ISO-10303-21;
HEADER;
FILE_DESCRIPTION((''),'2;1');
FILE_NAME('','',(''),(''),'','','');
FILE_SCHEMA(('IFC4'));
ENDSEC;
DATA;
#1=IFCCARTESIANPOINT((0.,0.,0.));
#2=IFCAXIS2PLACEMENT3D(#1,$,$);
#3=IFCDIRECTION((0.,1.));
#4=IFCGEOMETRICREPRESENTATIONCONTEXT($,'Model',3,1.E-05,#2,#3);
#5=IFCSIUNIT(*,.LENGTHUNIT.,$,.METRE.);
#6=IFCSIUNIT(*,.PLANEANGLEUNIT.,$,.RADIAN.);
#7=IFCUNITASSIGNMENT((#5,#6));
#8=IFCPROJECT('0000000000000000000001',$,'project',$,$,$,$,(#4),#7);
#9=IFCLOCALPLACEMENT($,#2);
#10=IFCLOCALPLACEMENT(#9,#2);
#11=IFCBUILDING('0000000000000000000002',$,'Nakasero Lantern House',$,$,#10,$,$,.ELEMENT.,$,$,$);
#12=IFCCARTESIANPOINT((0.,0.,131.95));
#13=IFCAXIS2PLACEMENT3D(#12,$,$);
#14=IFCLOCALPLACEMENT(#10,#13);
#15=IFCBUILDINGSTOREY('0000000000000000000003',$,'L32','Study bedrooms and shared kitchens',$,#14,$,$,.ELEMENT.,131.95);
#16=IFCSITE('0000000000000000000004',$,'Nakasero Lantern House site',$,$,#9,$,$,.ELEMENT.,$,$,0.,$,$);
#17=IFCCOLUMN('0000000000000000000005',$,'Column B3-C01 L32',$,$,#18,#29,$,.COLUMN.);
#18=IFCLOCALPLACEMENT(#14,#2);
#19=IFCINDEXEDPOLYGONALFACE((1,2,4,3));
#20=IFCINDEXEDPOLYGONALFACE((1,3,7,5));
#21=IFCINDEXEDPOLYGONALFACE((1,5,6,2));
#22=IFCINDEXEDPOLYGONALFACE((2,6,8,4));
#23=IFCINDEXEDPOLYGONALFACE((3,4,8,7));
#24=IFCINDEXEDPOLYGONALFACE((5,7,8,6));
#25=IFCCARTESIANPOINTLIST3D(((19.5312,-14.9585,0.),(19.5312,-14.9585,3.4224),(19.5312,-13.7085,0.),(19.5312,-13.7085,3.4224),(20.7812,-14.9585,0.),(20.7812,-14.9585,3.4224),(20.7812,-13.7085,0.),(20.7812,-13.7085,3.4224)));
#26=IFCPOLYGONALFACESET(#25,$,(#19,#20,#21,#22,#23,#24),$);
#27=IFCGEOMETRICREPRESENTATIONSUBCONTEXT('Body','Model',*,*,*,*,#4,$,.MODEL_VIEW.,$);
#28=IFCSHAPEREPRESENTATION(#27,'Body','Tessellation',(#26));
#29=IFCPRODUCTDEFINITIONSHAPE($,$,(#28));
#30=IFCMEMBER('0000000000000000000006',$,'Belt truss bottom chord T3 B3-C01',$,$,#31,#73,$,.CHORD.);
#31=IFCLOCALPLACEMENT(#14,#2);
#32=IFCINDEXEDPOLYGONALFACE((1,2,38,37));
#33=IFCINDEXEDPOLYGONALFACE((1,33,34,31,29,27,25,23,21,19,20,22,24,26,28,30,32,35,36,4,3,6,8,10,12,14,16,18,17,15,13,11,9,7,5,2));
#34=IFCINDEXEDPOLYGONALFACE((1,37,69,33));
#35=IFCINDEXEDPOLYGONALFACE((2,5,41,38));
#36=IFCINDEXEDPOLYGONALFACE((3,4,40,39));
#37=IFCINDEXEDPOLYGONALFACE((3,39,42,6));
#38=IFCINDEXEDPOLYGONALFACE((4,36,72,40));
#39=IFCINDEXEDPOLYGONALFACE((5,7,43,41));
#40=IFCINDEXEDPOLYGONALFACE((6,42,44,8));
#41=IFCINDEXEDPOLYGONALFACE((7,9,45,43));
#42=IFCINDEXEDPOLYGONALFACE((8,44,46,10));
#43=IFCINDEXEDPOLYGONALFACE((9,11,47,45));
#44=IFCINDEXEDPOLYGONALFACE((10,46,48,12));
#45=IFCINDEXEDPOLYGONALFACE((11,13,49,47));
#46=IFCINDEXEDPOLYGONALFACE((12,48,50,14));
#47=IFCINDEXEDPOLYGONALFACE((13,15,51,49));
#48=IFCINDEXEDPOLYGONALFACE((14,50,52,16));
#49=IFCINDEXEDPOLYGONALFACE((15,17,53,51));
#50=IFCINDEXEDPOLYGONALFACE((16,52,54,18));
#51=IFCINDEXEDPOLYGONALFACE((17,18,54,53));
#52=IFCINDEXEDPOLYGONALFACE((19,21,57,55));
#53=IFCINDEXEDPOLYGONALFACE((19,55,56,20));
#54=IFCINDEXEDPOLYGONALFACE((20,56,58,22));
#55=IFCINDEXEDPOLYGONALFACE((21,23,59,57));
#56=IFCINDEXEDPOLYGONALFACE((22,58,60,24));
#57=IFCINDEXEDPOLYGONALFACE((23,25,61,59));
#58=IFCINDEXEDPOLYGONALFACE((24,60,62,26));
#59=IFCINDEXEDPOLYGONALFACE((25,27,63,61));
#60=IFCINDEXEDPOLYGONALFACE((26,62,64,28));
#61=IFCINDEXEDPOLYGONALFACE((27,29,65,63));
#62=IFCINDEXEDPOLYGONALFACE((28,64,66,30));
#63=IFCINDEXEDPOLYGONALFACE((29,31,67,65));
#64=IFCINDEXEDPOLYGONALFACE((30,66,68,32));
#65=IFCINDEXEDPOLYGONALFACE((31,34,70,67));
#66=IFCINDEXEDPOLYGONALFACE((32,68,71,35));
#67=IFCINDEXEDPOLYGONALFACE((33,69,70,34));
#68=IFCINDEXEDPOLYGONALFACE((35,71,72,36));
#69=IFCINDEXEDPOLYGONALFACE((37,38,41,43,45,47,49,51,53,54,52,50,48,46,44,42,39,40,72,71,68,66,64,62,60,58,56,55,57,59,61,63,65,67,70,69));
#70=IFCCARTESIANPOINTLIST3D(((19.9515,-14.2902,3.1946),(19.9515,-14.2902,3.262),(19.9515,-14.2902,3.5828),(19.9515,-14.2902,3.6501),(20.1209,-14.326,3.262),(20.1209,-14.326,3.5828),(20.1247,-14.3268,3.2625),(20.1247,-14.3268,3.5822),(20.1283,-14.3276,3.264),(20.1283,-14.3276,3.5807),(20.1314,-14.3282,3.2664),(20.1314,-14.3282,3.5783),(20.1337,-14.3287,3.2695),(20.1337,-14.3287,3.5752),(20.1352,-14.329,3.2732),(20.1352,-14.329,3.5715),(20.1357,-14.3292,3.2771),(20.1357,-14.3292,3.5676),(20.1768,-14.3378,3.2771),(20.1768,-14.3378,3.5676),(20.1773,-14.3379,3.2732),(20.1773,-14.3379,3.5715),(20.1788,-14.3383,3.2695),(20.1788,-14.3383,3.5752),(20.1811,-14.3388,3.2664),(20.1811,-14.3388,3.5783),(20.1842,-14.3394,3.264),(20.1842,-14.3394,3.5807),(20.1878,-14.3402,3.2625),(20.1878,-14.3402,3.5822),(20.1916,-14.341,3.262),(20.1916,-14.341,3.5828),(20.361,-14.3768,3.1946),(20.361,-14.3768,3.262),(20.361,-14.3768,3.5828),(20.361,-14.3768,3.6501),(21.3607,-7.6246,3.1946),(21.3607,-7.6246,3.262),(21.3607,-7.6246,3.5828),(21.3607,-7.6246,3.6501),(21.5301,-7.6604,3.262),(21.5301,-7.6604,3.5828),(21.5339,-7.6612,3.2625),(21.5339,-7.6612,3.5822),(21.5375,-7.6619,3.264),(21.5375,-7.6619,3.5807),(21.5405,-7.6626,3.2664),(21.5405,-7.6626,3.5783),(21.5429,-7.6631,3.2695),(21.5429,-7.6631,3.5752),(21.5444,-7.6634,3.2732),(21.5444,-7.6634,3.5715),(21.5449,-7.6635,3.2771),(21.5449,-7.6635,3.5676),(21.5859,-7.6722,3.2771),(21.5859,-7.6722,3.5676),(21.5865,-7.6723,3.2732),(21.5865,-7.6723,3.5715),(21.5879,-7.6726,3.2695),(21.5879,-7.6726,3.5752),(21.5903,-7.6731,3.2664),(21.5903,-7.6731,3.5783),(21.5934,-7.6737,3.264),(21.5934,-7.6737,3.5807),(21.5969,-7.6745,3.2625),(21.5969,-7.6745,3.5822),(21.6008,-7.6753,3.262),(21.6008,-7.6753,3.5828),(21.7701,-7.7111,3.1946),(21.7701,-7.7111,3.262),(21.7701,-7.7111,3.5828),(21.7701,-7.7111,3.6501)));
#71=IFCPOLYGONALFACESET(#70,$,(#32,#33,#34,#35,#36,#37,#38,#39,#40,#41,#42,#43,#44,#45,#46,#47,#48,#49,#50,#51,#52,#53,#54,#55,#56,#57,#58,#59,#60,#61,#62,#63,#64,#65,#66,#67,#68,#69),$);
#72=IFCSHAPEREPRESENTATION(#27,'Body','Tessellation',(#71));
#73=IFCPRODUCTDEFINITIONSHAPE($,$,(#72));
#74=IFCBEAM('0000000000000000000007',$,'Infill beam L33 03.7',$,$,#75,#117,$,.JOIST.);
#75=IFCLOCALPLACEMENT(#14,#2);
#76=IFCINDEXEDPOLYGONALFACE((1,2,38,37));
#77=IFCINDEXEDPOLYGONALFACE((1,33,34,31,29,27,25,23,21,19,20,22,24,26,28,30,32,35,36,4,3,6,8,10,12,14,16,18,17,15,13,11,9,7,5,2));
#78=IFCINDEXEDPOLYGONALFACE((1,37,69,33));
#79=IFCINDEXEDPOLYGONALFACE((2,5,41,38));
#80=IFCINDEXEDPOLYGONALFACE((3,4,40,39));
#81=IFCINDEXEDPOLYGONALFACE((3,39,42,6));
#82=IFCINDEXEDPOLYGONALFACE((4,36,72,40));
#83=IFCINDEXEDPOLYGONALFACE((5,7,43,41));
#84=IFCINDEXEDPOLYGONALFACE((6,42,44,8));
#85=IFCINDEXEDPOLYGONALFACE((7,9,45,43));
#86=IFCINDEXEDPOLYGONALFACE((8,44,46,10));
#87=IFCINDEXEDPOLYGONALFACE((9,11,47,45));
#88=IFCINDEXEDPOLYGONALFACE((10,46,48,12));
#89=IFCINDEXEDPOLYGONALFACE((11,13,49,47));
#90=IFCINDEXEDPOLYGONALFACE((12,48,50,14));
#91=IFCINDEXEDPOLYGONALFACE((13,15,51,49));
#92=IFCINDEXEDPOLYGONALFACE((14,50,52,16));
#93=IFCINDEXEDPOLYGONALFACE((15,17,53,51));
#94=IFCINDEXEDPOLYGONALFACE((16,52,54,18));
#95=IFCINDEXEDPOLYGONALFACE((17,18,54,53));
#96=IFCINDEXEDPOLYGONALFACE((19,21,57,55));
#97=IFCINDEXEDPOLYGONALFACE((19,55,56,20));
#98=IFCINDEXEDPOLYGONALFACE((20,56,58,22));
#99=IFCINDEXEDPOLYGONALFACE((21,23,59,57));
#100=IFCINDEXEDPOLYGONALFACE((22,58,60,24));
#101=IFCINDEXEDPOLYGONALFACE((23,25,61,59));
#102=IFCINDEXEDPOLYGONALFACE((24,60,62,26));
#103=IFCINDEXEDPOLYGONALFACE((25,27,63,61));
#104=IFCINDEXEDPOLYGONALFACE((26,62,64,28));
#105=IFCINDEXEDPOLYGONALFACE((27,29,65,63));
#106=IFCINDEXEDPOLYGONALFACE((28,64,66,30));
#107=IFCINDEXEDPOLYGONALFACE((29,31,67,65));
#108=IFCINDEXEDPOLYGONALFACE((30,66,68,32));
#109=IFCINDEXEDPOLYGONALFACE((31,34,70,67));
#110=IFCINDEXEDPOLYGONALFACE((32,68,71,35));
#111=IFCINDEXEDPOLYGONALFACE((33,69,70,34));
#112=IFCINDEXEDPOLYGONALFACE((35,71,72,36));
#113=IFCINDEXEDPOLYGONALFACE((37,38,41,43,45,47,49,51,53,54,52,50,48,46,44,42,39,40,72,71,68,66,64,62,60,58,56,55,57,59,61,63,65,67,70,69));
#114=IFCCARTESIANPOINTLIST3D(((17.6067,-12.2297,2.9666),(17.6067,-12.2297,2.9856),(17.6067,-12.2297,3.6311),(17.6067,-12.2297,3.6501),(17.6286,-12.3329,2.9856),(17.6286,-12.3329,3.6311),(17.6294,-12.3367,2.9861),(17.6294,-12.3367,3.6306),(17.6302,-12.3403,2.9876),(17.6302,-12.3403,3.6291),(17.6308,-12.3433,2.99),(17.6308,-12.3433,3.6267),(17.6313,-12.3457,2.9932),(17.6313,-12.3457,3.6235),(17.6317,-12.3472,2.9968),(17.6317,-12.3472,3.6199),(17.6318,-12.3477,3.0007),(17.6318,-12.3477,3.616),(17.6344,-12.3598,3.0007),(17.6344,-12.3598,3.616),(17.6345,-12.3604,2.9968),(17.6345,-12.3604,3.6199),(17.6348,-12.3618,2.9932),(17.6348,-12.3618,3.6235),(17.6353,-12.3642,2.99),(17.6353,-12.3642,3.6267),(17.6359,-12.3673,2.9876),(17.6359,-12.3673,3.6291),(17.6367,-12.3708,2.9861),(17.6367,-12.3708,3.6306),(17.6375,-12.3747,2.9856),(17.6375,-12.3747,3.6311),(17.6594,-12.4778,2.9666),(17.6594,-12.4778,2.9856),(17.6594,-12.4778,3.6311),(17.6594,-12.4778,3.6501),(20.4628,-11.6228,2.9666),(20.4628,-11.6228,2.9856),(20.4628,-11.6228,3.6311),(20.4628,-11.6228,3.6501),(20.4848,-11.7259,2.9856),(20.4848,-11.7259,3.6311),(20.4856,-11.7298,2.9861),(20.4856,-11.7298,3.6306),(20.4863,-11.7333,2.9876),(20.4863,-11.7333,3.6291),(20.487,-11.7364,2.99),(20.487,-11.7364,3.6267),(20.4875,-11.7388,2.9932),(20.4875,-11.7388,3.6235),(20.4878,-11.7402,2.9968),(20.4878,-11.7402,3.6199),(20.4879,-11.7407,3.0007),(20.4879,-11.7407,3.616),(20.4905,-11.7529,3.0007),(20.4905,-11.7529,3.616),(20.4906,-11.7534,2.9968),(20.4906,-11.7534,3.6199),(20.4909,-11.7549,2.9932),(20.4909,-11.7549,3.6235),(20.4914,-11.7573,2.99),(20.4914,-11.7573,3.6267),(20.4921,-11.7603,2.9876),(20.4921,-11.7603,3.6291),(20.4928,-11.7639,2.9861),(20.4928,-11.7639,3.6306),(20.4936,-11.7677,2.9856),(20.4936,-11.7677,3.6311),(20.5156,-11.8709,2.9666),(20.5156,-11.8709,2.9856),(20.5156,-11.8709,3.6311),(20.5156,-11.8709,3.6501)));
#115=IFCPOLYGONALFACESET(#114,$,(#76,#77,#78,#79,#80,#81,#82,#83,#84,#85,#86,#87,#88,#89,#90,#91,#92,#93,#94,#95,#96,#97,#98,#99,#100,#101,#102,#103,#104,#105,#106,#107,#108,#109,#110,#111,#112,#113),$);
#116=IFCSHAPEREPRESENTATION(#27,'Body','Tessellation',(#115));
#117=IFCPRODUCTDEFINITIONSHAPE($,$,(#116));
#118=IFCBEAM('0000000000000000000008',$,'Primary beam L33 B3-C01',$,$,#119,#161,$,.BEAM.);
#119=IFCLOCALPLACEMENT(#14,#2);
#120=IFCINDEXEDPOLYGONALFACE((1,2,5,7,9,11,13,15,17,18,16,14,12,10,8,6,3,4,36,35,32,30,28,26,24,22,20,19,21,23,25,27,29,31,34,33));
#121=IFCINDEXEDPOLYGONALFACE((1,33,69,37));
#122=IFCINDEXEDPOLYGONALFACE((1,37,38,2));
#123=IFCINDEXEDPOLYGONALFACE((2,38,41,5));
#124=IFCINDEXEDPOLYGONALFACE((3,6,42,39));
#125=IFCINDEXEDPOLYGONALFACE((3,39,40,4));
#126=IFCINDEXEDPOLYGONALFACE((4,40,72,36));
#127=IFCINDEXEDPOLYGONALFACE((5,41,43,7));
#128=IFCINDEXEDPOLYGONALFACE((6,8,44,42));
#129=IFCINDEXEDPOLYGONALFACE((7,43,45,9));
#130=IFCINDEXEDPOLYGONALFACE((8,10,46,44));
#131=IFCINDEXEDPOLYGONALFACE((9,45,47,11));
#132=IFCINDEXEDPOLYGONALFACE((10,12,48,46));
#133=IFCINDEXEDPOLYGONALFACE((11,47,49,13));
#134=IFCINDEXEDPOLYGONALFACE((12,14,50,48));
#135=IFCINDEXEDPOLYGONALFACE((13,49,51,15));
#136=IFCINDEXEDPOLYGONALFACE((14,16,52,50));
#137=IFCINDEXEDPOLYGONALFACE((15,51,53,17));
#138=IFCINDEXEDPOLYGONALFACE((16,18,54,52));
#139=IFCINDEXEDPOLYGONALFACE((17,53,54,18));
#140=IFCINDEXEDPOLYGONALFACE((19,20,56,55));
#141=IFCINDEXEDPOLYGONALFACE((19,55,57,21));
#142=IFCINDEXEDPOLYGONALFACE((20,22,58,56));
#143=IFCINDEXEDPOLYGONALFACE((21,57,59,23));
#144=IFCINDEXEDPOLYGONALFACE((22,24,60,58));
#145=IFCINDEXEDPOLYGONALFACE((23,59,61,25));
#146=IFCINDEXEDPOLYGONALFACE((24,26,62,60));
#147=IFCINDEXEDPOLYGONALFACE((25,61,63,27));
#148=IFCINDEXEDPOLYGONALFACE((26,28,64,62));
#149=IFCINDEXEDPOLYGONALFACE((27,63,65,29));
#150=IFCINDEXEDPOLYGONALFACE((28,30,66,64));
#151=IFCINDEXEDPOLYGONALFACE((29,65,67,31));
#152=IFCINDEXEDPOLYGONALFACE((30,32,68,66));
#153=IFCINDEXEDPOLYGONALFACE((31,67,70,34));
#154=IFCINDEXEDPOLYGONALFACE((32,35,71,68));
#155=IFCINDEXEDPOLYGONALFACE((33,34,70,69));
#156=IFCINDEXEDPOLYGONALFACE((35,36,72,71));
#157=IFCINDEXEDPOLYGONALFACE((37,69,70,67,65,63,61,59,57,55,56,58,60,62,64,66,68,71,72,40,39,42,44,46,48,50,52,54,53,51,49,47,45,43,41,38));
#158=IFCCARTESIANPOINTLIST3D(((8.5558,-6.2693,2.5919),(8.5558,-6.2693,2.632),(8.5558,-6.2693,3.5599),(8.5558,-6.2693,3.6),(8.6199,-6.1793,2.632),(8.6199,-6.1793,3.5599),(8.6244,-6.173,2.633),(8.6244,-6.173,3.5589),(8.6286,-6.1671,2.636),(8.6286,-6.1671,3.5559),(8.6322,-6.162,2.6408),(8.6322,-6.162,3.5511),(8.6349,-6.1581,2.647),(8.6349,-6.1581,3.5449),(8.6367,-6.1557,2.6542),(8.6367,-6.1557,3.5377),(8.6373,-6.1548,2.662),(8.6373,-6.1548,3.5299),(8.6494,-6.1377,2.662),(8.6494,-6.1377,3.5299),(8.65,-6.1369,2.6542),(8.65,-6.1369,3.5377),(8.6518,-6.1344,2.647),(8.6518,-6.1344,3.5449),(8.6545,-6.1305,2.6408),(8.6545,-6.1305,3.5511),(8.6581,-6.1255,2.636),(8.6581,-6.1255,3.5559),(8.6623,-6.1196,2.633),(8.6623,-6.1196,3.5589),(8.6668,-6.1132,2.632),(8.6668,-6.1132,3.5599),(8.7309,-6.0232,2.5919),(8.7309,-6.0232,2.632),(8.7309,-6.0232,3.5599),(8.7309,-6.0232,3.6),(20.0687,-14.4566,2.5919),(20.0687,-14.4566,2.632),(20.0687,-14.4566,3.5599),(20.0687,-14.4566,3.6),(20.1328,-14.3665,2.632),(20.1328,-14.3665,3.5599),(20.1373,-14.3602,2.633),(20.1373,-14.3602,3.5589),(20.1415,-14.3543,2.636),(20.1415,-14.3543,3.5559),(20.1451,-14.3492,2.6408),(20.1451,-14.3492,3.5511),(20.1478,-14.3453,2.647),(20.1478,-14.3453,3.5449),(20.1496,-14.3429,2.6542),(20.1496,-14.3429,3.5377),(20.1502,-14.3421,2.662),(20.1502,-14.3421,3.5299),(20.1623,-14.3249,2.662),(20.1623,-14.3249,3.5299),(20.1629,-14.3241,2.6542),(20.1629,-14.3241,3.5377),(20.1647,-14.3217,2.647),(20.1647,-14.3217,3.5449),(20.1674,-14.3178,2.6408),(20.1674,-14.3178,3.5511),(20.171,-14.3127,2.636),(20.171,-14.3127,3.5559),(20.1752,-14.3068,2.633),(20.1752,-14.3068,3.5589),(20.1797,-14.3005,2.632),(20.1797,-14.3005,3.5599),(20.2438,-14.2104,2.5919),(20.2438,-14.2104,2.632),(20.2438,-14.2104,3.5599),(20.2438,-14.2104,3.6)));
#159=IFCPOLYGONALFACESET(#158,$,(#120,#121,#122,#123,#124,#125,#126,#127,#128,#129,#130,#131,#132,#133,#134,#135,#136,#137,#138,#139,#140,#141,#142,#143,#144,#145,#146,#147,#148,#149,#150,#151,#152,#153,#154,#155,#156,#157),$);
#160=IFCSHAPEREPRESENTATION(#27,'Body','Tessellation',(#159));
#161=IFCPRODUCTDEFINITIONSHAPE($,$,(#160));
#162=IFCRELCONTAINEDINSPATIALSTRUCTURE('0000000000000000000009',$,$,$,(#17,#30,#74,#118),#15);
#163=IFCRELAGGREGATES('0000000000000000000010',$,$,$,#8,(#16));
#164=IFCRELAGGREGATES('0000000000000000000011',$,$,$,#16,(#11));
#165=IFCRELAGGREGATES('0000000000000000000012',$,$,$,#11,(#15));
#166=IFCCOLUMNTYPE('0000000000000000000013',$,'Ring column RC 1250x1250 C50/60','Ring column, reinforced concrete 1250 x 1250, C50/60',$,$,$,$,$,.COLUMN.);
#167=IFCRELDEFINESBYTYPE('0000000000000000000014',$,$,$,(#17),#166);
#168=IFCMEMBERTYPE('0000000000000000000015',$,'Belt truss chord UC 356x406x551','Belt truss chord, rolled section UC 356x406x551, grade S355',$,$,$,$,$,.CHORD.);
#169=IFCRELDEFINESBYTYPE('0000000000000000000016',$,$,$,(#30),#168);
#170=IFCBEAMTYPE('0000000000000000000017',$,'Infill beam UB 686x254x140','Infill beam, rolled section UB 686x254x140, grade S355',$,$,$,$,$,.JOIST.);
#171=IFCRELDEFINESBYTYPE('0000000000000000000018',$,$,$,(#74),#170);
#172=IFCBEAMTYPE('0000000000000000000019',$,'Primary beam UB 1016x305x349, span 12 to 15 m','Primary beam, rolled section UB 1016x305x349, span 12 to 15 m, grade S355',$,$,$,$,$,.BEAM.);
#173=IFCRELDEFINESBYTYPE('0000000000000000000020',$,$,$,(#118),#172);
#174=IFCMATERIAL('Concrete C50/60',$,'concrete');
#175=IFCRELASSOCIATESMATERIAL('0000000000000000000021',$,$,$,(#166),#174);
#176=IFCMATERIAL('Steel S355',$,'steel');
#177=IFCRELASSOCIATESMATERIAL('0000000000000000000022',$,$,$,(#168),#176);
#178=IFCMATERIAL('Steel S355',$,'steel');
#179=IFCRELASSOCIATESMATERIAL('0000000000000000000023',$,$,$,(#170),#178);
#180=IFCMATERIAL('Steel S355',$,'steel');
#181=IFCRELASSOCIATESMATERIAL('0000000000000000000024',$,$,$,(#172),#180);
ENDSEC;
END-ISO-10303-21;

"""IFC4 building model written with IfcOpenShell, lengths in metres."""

from ifc_helpers import new_model, si_unit, direction, frame, origin, origin_2d, place, context, subcontext, project, spatial, rectangle, i_section, extrude, material, material_profile, profile_set, type_object, element, save


model = new_model("IFC4")

# Units and contexts
model_context = context("Model", 3, precision=1e-05, world=origin(), true_north=direction((0.0, 1.0)))
body_context = subcontext(model_context, "Body", "Model", "MODEL_VIEW")
ifc_project = project(units=[si_unit("LENGTHUNIT", "METRE"), si_unit("PLANEANGLEUNIT", "RADIAN")], contexts=[model_context])

# Site, building, storey
site_placement = place(None, origin())
site = spatial("IfcSite", under=ifc_project, at=site_placement, Name="Nakasero Lantern House site", CompositionType="ELEMENT", RefElevation=0.0)
building_placement = place(site_placement, origin())
building = spatial("IfcBuilding", under=site, at=building_placement, Name="Nakasero Lantern House", CompositionType="ELEMENT")
storey_placement = place(building_placement, frame((0.0, 0.0, 131.95)))
storey = spatial("IfcBuildingStorey", under=building, at=storey_placement, Name="L32", Description="Study bedrooms and shared kitchens", CompositionType="ELEMENT", Elevation=131.95)

# Column
ifc_material_1 = material(Name="Concrete C50/60", Category="concrete")
ifc_material_profile_1 = material_profile(ifc_material_1, rectangle(XDim=1.25, YDim=1.25, at=origin_2d()), Name="RC 1250x1250")
ifc_profile_set_1 = profile_set([ifc_material_profile_1], Name="Concrete C50/60")
column_type = type_object("IfcColumnType", Name="Ring column RC 1250x1250 C50/60", Description="Ring column, reinforced concrete 1250 x 1250, C50/60", PredefinedType="COLUMN", material=ifc_profile_set_1)
column_placement = place(storey_placement, frame((20.1562, -14.3335, 0.0), z_axis=(0.0, 0.0, 1.0), x_axis=(1.0, 0.0, 0.0)))
element("IfcColumn", 1, at=column_placement, inside=storey, type_object=column_type, Name="Column B3-C01 L32", PredefinedType="COLUMN", context=body_context, shape_type="SweptSolid", body=[
    extrude(rectangle(XDim=1.25, YDim=1.25, at=origin_2d()), origin(), (0.0, 0.0, 1.0), 3.4224),
])

# Member
ifc_material_2 = material(Name="Steel S355", Category="steel")
ifc_material_profile_2 = material_profile(ifc_material_2, i_section(OverallWidth=0.4185, OverallDepth=0.4556, WebThickness=0.042, FlangeThickness=0.0674, FilletRadius=0.0151, at=origin_2d()), Name="UC 356x406x551")
ifc_profile_set_2 = profile_set([ifc_material_profile_2], Name="Steel S355")
member_type = type_object("IfcMemberType", Name="Belt truss chord UC 356x406x551", Description="Belt truss chord, rolled section UC 356x406x551, grade S355", PredefinedType="CHORD", material=ifc_profile_set_2)
member_placement = place(storey_placement, frame((20.1562, -14.3335, 3.4224), z_axis=(0.206834, 0.978376, 0.0), x_axis=(-0.978376, 0.206834, 0.0)))
element("IfcMember", 2, at=member_placement, inside=storey, type_object=member_type, Name="Belt truss bottom chord T3 B3-C01", PredefinedType="CHORD", context=body_context, shape_type="SweptSolid", body=[
    extrude(i_section(OverallWidth=0.4185, OverallDepth=0.4556, WebThickness=0.042, FlangeThickness=0.0674, FilletRadius=0.0151, at=origin_2d()), origin(), (0.0, 0.0, 1.0), 6.813),
])

# Beams
ifc_material_3 = material(Name="Steel S355", Category="steel")
ifc_material_profile_3 = material_profile(ifc_material_3, i_section(OverallWidth=0.2537, OverallDepth=0.6836, WebThickness=0.0125, FlangeThickness=0.019, FilletRadius=0.0151, at=origin_2d()), Name="UB 686x254x140")
ifc_profile_set_3 = profile_set([ifc_material_profile_3], Name="Steel S355")
beam_type_1 = type_object("IfcBeamType", Name="Infill beam UB 686x254x140", Description="Infill beam, rolled section UB 686x254x140, grade S355", PredefinedType="JOIST", material=ifc_profile_set_3)
beam_1_placement = place(storey_placement, frame((17.6331, -12.3538, 3.3083), z_axis=(0.978159, 0.207856, 0.0), x_axis=(-0.207856, 0.978159, 0.0)))
element("IfcBeam", 3, at=beam_1_placement, inside=storey, type_object=beam_type_1, Name="Infill beam L33 03.7", PredefinedType="JOIST", context=body_context, shape_type="SweptSolid", body=[
    extrude(i_section(OverallWidth=0.2537, OverallDepth=0.6836, WebThickness=0.0125, FlangeThickness=0.019, FilletRadius=0.0151, at=origin_2d()), origin(), (0.0, 0.0, 1.0), 2.9199),
])
ifc_material_4 = material(Name="Steel S355", Category="steel")
ifc_material_profile_4 = material_profile(ifc_material_4, i_section(OverallWidth=0.302, OverallDepth=1.0081, WebThickness=0.021, FlangeThickness=0.04, FilletRadius=0.03, at=origin_2d()), Name="UB 1016x305x349")
ifc_profile_set_4 = profile_set([ifc_material_profile_4], Name="Steel S355")
beam_type_2 = type_object("IfcBeamType", Name="Primary beam UB 1016x305x349, span 12 to 15 m", Description="Primary beam, rolled section UB 1016x305x349, span 12 to 15 m, grade S355", PredefinedType="BEAM", material=ifc_profile_set_4)
beam_2_placement = place(storey_placement, frame((20.1562, -14.3335, 3.0959), z_axis=(-0.814946, 0.579537, 0.0), x_axis=(-0.579537, -0.814946, 0.0)))
element("IfcBeam", 4, at=beam_2_placement, inside=storey, type_object=beam_type_2, Name="Primary beam L33 B3-C01", PredefinedType="BEAM", context=body_context, shape_type="SweptSolid", body=[
    extrude(i_section(OverallWidth=0.302, OverallDepth=1.0081, WebThickness=0.021, FlangeThickness=0.04, FilletRadius=0.03, at=origin_2d()), origin(), (0.0, 0.0, 1.0), 14.1272),
])

save(model, "model.ifc")
